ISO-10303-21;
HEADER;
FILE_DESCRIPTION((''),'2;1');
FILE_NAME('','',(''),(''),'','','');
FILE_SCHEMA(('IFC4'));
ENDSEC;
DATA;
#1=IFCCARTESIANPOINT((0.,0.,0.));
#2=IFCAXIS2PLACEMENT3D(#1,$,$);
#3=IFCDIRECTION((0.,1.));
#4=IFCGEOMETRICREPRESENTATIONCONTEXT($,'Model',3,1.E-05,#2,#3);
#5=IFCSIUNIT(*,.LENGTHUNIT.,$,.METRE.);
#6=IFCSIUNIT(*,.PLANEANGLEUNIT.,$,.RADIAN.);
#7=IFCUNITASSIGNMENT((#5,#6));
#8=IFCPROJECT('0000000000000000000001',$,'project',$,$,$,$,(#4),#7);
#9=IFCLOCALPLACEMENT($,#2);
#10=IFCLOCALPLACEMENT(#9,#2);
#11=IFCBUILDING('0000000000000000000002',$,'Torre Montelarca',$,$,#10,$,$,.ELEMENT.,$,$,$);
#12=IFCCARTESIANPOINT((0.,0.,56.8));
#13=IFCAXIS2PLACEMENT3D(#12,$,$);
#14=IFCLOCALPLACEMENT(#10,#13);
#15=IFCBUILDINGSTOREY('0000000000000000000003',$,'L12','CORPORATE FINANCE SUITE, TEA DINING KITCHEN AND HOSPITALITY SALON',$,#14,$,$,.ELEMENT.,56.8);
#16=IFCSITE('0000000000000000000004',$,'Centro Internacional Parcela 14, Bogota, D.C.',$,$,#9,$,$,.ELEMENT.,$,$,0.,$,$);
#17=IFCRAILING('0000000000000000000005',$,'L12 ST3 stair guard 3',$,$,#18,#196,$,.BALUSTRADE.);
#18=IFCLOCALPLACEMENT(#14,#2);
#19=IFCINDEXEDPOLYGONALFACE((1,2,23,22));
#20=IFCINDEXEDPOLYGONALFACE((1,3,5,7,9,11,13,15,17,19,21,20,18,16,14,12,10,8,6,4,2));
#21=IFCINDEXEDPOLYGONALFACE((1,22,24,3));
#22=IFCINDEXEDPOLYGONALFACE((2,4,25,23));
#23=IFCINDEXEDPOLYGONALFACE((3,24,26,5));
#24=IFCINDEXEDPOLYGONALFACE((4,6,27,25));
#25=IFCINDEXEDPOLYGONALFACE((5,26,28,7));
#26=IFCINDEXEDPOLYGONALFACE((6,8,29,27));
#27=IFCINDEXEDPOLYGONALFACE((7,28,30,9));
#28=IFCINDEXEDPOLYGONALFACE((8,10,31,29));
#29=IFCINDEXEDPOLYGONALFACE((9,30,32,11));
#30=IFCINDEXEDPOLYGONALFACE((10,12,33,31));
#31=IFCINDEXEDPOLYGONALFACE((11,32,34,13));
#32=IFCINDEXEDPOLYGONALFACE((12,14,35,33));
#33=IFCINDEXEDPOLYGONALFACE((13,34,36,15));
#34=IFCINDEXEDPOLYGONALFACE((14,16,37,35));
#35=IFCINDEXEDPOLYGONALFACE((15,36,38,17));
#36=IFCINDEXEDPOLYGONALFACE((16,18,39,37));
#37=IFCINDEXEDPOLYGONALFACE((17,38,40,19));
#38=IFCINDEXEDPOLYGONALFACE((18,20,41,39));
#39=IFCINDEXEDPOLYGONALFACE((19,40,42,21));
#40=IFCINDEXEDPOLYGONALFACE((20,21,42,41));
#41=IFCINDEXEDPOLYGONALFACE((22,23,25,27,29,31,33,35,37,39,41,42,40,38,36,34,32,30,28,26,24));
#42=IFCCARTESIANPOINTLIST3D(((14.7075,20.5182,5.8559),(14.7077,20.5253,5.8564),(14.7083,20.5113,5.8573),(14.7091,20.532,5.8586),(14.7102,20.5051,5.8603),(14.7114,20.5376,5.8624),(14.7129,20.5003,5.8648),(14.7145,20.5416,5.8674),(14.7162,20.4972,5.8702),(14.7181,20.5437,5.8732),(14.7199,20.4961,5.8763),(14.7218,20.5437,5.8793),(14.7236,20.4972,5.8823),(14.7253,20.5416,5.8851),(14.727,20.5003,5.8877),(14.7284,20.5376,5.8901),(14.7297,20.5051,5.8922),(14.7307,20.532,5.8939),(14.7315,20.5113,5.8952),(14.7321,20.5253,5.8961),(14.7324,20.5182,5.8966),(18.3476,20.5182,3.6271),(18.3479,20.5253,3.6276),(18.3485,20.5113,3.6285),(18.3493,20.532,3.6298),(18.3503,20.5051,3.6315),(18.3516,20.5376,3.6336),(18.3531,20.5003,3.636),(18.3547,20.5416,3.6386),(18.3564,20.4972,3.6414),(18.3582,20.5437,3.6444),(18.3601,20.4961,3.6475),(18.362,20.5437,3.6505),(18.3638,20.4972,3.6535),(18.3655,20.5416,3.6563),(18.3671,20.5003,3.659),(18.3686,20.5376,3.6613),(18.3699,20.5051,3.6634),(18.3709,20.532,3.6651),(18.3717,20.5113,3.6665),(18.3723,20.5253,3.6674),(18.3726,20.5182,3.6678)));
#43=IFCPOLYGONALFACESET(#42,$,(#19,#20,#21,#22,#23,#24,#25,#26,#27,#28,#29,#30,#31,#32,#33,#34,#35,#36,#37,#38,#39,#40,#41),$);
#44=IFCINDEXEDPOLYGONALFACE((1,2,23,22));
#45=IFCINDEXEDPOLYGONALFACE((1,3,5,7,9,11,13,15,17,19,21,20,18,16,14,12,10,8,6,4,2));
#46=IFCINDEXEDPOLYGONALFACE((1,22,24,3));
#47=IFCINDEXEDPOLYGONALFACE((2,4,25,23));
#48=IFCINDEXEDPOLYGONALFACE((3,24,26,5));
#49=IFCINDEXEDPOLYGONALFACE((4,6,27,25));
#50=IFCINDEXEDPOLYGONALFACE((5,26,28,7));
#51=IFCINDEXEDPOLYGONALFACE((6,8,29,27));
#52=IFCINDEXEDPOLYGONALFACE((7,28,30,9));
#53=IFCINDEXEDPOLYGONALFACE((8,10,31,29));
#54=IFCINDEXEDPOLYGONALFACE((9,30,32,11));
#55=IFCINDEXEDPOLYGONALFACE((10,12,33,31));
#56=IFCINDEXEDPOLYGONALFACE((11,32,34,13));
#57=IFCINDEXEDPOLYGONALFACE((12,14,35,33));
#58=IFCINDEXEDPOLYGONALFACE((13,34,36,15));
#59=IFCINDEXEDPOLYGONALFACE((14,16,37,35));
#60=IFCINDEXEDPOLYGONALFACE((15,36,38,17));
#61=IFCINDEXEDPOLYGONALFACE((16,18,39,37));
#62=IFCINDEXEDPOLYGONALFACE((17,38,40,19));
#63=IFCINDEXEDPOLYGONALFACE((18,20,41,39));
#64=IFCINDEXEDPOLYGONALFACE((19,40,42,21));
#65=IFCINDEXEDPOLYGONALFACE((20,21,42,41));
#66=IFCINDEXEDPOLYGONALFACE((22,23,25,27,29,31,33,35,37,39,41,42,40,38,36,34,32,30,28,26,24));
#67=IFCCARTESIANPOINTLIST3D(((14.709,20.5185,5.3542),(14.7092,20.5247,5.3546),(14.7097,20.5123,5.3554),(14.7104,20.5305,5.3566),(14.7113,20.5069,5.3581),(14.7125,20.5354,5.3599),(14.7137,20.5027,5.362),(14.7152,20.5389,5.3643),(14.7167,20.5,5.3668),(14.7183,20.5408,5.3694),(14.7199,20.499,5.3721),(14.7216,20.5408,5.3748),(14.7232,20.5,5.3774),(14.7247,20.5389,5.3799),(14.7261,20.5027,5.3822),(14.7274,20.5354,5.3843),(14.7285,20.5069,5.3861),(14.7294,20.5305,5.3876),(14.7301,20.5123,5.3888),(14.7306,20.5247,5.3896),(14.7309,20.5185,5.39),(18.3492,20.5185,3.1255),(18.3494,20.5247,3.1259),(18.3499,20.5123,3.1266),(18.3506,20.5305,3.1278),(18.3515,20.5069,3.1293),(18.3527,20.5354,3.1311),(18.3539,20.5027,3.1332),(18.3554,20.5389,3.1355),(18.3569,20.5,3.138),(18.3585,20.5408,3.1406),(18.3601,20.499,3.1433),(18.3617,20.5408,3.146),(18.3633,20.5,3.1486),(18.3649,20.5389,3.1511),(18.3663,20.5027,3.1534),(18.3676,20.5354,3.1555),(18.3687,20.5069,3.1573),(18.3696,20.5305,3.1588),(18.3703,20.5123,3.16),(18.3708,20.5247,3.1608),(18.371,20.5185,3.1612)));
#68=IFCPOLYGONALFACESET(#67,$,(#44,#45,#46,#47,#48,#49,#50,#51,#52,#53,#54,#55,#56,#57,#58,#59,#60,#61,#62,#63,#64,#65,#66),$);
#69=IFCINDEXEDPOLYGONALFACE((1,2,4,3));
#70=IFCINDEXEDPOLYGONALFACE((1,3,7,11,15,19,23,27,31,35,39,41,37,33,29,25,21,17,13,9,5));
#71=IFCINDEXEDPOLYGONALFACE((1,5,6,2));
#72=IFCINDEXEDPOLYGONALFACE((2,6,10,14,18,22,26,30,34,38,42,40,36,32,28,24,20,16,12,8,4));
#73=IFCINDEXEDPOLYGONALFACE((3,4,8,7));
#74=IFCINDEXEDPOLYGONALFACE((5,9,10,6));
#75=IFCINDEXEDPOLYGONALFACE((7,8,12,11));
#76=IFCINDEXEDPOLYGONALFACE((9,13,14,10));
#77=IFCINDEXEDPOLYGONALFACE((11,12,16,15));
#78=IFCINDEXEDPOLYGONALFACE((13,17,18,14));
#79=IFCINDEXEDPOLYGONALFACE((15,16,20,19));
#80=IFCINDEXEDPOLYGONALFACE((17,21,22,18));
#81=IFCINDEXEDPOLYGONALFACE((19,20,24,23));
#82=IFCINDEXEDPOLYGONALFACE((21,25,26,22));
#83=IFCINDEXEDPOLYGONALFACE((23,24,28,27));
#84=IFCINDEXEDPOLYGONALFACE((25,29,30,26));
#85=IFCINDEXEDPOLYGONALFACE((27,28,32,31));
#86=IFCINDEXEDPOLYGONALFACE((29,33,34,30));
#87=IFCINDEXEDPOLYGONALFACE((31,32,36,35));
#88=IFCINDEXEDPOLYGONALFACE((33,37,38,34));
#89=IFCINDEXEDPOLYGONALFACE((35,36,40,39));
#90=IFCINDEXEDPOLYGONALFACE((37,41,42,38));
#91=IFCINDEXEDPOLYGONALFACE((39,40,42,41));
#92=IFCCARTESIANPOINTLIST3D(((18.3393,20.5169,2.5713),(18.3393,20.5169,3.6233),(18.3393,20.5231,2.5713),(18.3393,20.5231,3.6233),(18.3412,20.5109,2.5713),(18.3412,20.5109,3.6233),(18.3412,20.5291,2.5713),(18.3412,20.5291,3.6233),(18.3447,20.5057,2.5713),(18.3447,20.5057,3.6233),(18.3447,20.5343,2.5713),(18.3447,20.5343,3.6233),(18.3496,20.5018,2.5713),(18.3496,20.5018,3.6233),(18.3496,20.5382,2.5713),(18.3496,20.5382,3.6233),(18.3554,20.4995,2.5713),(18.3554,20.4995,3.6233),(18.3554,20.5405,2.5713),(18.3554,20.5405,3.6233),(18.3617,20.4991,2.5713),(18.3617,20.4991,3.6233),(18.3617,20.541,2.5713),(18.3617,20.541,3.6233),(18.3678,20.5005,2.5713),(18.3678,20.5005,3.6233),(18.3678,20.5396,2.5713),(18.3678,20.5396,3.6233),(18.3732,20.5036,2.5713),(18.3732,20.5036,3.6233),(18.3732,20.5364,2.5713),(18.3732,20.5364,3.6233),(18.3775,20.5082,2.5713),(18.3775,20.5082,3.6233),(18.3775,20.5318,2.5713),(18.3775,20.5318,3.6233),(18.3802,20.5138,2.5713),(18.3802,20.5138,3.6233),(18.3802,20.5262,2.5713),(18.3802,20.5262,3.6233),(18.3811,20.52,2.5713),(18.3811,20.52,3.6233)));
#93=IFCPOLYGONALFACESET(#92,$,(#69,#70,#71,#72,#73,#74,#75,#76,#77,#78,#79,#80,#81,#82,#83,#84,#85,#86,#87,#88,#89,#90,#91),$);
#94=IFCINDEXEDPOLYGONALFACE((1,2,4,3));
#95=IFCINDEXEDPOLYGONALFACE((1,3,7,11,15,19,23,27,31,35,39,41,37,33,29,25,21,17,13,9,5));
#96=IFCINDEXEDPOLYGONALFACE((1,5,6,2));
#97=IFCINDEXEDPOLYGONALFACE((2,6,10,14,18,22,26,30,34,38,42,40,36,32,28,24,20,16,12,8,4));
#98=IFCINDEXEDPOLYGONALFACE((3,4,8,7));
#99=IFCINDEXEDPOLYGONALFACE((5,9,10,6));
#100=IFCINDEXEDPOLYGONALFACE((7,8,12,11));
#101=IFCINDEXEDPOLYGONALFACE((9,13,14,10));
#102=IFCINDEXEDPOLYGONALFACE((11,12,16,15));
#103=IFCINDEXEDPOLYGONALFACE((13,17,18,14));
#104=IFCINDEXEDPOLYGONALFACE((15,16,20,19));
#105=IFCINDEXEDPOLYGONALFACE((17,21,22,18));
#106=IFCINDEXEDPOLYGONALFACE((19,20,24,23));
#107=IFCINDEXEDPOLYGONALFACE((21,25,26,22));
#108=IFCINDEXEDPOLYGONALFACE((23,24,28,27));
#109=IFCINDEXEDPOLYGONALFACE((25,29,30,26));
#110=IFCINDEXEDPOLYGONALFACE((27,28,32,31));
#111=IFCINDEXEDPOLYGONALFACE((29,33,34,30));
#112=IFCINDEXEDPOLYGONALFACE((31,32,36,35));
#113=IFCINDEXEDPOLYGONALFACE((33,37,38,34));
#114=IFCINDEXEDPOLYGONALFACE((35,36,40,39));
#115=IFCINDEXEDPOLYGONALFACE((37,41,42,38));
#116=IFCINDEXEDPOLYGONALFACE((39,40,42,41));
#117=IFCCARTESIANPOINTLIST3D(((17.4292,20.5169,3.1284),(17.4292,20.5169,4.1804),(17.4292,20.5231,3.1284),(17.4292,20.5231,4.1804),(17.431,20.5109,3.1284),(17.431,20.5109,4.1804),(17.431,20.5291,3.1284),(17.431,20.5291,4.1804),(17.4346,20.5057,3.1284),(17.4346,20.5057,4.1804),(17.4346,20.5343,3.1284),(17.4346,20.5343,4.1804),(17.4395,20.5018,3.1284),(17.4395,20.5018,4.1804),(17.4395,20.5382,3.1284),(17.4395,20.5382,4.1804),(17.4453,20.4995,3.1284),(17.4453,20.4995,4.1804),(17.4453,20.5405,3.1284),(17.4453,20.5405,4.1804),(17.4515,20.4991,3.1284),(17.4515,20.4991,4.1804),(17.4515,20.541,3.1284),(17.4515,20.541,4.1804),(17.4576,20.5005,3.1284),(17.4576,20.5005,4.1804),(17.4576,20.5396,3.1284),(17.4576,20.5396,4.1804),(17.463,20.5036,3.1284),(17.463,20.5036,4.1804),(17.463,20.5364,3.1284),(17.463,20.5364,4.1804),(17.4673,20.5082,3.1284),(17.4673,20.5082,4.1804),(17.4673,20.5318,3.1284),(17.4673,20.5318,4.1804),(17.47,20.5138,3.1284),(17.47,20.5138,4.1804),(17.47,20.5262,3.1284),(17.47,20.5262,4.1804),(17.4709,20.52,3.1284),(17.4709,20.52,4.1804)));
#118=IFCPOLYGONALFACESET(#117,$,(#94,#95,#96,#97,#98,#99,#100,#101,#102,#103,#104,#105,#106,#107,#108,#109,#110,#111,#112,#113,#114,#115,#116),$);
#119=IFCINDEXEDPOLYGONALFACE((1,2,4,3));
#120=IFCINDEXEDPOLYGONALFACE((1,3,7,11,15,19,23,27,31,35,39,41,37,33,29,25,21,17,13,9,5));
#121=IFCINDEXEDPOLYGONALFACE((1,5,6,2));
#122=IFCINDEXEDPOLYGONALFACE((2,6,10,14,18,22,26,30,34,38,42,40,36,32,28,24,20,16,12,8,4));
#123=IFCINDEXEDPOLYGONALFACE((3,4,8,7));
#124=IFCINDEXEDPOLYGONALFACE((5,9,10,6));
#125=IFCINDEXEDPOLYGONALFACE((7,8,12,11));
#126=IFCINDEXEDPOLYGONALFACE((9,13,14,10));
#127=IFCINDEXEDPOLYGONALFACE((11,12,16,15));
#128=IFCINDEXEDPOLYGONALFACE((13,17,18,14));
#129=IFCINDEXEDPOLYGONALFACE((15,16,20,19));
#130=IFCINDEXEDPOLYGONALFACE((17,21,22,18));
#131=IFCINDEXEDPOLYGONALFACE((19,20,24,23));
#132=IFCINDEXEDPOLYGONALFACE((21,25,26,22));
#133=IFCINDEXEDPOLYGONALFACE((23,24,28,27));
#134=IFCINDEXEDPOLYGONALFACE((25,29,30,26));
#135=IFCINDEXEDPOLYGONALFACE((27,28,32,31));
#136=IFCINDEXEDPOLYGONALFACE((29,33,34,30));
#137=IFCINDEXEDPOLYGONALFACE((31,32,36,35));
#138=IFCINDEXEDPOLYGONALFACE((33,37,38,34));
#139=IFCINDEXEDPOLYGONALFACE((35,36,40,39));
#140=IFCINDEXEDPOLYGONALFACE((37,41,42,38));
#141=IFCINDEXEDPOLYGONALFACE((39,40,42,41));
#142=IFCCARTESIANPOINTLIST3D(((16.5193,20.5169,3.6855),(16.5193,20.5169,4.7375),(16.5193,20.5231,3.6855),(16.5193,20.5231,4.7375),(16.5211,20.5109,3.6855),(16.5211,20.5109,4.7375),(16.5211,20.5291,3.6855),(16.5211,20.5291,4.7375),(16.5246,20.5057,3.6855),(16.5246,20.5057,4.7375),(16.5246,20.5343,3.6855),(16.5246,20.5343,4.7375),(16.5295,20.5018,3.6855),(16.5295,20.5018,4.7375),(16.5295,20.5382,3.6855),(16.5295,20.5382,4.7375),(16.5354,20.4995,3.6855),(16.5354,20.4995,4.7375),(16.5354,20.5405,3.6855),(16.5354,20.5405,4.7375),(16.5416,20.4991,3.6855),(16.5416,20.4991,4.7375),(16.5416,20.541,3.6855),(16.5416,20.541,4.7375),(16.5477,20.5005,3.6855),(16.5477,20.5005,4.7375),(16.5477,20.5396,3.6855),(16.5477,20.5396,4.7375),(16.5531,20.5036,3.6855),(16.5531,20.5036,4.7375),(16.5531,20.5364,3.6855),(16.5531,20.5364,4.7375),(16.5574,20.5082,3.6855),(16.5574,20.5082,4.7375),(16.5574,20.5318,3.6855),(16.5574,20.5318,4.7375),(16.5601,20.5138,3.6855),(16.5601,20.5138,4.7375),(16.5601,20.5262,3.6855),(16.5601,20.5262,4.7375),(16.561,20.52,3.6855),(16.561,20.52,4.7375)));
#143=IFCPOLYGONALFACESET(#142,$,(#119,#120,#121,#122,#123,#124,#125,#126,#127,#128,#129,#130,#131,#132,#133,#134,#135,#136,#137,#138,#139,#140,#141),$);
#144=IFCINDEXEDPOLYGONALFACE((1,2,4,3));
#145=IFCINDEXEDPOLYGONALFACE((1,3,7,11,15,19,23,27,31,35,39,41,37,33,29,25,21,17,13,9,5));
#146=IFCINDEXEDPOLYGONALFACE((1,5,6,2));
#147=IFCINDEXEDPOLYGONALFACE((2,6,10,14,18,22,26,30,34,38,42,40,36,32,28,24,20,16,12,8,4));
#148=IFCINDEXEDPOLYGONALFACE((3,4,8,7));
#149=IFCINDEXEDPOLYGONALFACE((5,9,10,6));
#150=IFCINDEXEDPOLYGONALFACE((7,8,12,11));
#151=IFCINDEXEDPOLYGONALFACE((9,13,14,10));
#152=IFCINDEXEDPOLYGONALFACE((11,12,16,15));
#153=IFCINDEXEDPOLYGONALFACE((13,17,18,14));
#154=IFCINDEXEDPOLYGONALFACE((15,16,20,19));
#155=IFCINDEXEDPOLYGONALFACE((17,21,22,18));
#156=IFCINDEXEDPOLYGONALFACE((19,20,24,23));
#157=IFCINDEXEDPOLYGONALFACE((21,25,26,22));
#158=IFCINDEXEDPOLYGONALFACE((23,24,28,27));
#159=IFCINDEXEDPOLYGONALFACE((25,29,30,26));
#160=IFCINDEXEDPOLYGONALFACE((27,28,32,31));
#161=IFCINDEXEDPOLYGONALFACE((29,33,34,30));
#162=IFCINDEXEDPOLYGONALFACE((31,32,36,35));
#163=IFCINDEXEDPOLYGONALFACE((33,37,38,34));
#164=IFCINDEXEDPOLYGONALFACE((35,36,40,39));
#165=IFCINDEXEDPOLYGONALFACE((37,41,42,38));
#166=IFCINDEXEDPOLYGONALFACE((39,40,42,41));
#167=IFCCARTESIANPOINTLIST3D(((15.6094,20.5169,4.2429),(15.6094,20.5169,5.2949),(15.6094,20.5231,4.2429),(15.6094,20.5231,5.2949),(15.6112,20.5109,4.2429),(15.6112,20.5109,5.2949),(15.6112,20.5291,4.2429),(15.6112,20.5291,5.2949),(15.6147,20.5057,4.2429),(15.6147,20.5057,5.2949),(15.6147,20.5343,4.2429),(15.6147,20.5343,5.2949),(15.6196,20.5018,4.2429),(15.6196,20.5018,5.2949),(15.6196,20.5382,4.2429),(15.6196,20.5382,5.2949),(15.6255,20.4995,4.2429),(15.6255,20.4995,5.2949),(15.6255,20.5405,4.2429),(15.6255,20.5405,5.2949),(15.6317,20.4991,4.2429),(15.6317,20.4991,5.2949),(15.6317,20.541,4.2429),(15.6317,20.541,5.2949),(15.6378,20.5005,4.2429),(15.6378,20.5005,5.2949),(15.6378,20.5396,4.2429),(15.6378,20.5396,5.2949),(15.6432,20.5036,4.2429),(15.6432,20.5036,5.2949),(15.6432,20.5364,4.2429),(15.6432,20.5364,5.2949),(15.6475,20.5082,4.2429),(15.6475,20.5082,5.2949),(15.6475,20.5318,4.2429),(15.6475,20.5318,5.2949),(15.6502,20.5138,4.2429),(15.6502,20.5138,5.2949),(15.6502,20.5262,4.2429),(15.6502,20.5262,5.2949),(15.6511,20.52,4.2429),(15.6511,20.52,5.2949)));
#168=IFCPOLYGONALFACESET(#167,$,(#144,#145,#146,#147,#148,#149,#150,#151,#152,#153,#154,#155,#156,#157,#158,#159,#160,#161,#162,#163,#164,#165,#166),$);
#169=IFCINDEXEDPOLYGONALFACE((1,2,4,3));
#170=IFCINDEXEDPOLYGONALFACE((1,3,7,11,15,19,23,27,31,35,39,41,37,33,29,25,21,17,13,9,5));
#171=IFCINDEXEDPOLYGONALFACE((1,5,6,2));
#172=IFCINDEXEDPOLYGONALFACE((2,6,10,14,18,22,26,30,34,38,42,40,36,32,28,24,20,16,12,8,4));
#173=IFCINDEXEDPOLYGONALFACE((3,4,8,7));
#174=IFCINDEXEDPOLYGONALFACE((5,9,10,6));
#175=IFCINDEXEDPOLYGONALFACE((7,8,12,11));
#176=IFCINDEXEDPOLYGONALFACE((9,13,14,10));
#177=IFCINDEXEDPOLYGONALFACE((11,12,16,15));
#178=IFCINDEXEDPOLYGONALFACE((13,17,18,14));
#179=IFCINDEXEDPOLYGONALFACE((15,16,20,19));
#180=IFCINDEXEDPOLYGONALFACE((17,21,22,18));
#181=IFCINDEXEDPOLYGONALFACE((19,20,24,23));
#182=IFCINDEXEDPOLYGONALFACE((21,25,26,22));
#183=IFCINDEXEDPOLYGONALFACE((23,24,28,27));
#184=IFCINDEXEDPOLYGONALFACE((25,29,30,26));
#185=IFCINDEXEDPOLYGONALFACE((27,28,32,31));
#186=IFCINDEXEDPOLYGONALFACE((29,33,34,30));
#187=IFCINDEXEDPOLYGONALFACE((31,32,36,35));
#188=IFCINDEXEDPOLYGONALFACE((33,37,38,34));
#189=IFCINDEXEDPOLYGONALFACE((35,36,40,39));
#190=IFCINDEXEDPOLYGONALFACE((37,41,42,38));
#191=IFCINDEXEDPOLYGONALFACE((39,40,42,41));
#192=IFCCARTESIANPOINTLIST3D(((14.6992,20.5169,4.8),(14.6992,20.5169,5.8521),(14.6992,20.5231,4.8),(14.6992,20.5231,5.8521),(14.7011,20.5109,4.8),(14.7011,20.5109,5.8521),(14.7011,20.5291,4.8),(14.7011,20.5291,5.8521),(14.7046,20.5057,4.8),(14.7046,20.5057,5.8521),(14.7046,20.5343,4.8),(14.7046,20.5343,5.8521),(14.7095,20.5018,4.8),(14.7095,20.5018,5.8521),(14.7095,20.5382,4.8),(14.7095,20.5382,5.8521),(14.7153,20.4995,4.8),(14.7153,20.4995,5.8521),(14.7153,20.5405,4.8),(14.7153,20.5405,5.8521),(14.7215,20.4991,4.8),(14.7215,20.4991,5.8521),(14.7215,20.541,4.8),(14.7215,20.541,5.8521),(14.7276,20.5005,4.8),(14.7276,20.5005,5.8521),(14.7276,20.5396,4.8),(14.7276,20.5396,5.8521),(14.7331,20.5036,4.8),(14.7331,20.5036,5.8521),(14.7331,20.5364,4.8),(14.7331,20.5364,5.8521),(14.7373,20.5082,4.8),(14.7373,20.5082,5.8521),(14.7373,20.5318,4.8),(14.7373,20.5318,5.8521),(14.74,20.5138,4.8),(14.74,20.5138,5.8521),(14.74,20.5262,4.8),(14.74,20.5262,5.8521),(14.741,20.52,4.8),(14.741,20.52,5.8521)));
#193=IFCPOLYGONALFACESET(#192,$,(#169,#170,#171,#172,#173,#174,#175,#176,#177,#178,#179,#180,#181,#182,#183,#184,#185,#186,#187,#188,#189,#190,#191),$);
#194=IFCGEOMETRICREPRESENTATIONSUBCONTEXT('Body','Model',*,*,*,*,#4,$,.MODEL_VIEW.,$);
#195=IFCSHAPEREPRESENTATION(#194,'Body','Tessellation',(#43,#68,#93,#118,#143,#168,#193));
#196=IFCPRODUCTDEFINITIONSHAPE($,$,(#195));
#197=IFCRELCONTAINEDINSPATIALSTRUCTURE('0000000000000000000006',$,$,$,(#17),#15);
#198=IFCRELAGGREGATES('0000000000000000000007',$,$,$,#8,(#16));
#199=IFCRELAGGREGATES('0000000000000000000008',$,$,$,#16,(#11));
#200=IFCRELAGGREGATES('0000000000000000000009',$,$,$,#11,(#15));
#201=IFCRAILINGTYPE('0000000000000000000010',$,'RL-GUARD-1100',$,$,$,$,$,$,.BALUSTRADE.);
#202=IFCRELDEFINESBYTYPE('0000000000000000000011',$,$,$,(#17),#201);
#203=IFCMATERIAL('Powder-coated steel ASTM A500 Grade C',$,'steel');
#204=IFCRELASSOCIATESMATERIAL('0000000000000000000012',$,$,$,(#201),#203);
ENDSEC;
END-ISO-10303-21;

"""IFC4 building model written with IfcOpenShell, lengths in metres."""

from ifc_helpers import new_model, si_unit, direction, frame, origin, origin_2d, place, context, subcontext, project, spatial, circle, extrude, material, type_object, element, save


model = new_model("IFC4")

# Units and contexts
model_context = context("Model", 3, precision=1e-05, world=origin(), true_north=direction((0.0, 1.0)))
body_context = subcontext(model_context, "Body", "Model", "MODEL_VIEW")
ifc_project = project(units=[si_unit("LENGTHUNIT", "METRE"), si_unit("PLANEANGLEUNIT", "RADIAN")], contexts=[model_context])

# Site, building, storey
site_placement = place(None, origin())
site = spatial("IfcSite", under=ifc_project, at=site_placement, Name="Centro Internacional Parcela 14, Bogota, D.C.", CompositionType="ELEMENT", RefElevation=0.0)
building_placement = place(site_placement, origin())
building = spatial("IfcBuilding", under=site, at=building_placement, Name="Torre Montelarca", CompositionType="ELEMENT")
storey_placement = place(building_placement, frame((0.0, 0.0, 56.8)))
storey = spatial("IfcBuildingStorey", under=building, at=storey_placement, Name="L12", Description="CORPORATE FINANCE SUITE, TEA DINING KITCHEN AND HOSPITALITY SALON", CompositionType="ELEMENT", Elevation=56.8)

# Railing
ifc_material_1 = material(Name="Powder-coated steel ASTM A500 Grade C", Category="steel")
railing_type_1 = type_object("IfcRailingType", Name="RL-GUARD-1100", PredefinedType="BALUSTRADE", material=ifc_material_1)
railing_1_placement = place(storey_placement, frame((18.3601, 20.52, 2.5713)))
element("IfcRailing", 1, at=railing_1_placement, inside=storey, type_object=railing_type_1, Name="L12 ST3 stair guard 3", PredefinedType="BALUSTRADE", context=body_context, shape_type="SweptSolid", body=[
    extrude(circle(Radius=0.0239, at=origin_2d()), frame((0.0, 0.0, 1.0762), z_axis=(-0.85284, 0.0, 0.522172), x_axis=(0.0, -1.0, 0.0)), (0.0, 0.0, 1.0), 4.2683),
    extrude(circle(Radius=0.021, at=origin_2d()), frame((0.0, 0.0, 0.572), z_axis=(-0.85284, 0.0, 0.522172), x_axis=(0.0, -1.0, 0.0)), (0.0, 0.0, 1.0), 4.2683),
    extrude(circle(Radius=0.021, at=origin_2d()), origin(), (0.0, 0.0, 1.0), 1.052),
    extrude(circle(Radius=0.021, at=origin_2d()), frame((-0.9102, 0.0, 0.5571)), (0.0, 0.0, 1.0), 1.052),
    extrude(circle(Radius=0.021, at=origin_2d()), frame((-1.8201, 0.0, 1.1143)), (0.0, 0.0, 1.0), 1.052),
    extrude(circle(Radius=0.021, at=origin_2d()), frame((-2.73, 0.0, 1.6716)), (0.0, 0.0, 1.0), 1.052),
    extrude(circle(Radius=0.021, at=origin_2d()), frame((-3.6401, 0.0, 2.2288)), (0.0, 0.0, 1.0), 1.052),
])

save(model, "model.ifc")
